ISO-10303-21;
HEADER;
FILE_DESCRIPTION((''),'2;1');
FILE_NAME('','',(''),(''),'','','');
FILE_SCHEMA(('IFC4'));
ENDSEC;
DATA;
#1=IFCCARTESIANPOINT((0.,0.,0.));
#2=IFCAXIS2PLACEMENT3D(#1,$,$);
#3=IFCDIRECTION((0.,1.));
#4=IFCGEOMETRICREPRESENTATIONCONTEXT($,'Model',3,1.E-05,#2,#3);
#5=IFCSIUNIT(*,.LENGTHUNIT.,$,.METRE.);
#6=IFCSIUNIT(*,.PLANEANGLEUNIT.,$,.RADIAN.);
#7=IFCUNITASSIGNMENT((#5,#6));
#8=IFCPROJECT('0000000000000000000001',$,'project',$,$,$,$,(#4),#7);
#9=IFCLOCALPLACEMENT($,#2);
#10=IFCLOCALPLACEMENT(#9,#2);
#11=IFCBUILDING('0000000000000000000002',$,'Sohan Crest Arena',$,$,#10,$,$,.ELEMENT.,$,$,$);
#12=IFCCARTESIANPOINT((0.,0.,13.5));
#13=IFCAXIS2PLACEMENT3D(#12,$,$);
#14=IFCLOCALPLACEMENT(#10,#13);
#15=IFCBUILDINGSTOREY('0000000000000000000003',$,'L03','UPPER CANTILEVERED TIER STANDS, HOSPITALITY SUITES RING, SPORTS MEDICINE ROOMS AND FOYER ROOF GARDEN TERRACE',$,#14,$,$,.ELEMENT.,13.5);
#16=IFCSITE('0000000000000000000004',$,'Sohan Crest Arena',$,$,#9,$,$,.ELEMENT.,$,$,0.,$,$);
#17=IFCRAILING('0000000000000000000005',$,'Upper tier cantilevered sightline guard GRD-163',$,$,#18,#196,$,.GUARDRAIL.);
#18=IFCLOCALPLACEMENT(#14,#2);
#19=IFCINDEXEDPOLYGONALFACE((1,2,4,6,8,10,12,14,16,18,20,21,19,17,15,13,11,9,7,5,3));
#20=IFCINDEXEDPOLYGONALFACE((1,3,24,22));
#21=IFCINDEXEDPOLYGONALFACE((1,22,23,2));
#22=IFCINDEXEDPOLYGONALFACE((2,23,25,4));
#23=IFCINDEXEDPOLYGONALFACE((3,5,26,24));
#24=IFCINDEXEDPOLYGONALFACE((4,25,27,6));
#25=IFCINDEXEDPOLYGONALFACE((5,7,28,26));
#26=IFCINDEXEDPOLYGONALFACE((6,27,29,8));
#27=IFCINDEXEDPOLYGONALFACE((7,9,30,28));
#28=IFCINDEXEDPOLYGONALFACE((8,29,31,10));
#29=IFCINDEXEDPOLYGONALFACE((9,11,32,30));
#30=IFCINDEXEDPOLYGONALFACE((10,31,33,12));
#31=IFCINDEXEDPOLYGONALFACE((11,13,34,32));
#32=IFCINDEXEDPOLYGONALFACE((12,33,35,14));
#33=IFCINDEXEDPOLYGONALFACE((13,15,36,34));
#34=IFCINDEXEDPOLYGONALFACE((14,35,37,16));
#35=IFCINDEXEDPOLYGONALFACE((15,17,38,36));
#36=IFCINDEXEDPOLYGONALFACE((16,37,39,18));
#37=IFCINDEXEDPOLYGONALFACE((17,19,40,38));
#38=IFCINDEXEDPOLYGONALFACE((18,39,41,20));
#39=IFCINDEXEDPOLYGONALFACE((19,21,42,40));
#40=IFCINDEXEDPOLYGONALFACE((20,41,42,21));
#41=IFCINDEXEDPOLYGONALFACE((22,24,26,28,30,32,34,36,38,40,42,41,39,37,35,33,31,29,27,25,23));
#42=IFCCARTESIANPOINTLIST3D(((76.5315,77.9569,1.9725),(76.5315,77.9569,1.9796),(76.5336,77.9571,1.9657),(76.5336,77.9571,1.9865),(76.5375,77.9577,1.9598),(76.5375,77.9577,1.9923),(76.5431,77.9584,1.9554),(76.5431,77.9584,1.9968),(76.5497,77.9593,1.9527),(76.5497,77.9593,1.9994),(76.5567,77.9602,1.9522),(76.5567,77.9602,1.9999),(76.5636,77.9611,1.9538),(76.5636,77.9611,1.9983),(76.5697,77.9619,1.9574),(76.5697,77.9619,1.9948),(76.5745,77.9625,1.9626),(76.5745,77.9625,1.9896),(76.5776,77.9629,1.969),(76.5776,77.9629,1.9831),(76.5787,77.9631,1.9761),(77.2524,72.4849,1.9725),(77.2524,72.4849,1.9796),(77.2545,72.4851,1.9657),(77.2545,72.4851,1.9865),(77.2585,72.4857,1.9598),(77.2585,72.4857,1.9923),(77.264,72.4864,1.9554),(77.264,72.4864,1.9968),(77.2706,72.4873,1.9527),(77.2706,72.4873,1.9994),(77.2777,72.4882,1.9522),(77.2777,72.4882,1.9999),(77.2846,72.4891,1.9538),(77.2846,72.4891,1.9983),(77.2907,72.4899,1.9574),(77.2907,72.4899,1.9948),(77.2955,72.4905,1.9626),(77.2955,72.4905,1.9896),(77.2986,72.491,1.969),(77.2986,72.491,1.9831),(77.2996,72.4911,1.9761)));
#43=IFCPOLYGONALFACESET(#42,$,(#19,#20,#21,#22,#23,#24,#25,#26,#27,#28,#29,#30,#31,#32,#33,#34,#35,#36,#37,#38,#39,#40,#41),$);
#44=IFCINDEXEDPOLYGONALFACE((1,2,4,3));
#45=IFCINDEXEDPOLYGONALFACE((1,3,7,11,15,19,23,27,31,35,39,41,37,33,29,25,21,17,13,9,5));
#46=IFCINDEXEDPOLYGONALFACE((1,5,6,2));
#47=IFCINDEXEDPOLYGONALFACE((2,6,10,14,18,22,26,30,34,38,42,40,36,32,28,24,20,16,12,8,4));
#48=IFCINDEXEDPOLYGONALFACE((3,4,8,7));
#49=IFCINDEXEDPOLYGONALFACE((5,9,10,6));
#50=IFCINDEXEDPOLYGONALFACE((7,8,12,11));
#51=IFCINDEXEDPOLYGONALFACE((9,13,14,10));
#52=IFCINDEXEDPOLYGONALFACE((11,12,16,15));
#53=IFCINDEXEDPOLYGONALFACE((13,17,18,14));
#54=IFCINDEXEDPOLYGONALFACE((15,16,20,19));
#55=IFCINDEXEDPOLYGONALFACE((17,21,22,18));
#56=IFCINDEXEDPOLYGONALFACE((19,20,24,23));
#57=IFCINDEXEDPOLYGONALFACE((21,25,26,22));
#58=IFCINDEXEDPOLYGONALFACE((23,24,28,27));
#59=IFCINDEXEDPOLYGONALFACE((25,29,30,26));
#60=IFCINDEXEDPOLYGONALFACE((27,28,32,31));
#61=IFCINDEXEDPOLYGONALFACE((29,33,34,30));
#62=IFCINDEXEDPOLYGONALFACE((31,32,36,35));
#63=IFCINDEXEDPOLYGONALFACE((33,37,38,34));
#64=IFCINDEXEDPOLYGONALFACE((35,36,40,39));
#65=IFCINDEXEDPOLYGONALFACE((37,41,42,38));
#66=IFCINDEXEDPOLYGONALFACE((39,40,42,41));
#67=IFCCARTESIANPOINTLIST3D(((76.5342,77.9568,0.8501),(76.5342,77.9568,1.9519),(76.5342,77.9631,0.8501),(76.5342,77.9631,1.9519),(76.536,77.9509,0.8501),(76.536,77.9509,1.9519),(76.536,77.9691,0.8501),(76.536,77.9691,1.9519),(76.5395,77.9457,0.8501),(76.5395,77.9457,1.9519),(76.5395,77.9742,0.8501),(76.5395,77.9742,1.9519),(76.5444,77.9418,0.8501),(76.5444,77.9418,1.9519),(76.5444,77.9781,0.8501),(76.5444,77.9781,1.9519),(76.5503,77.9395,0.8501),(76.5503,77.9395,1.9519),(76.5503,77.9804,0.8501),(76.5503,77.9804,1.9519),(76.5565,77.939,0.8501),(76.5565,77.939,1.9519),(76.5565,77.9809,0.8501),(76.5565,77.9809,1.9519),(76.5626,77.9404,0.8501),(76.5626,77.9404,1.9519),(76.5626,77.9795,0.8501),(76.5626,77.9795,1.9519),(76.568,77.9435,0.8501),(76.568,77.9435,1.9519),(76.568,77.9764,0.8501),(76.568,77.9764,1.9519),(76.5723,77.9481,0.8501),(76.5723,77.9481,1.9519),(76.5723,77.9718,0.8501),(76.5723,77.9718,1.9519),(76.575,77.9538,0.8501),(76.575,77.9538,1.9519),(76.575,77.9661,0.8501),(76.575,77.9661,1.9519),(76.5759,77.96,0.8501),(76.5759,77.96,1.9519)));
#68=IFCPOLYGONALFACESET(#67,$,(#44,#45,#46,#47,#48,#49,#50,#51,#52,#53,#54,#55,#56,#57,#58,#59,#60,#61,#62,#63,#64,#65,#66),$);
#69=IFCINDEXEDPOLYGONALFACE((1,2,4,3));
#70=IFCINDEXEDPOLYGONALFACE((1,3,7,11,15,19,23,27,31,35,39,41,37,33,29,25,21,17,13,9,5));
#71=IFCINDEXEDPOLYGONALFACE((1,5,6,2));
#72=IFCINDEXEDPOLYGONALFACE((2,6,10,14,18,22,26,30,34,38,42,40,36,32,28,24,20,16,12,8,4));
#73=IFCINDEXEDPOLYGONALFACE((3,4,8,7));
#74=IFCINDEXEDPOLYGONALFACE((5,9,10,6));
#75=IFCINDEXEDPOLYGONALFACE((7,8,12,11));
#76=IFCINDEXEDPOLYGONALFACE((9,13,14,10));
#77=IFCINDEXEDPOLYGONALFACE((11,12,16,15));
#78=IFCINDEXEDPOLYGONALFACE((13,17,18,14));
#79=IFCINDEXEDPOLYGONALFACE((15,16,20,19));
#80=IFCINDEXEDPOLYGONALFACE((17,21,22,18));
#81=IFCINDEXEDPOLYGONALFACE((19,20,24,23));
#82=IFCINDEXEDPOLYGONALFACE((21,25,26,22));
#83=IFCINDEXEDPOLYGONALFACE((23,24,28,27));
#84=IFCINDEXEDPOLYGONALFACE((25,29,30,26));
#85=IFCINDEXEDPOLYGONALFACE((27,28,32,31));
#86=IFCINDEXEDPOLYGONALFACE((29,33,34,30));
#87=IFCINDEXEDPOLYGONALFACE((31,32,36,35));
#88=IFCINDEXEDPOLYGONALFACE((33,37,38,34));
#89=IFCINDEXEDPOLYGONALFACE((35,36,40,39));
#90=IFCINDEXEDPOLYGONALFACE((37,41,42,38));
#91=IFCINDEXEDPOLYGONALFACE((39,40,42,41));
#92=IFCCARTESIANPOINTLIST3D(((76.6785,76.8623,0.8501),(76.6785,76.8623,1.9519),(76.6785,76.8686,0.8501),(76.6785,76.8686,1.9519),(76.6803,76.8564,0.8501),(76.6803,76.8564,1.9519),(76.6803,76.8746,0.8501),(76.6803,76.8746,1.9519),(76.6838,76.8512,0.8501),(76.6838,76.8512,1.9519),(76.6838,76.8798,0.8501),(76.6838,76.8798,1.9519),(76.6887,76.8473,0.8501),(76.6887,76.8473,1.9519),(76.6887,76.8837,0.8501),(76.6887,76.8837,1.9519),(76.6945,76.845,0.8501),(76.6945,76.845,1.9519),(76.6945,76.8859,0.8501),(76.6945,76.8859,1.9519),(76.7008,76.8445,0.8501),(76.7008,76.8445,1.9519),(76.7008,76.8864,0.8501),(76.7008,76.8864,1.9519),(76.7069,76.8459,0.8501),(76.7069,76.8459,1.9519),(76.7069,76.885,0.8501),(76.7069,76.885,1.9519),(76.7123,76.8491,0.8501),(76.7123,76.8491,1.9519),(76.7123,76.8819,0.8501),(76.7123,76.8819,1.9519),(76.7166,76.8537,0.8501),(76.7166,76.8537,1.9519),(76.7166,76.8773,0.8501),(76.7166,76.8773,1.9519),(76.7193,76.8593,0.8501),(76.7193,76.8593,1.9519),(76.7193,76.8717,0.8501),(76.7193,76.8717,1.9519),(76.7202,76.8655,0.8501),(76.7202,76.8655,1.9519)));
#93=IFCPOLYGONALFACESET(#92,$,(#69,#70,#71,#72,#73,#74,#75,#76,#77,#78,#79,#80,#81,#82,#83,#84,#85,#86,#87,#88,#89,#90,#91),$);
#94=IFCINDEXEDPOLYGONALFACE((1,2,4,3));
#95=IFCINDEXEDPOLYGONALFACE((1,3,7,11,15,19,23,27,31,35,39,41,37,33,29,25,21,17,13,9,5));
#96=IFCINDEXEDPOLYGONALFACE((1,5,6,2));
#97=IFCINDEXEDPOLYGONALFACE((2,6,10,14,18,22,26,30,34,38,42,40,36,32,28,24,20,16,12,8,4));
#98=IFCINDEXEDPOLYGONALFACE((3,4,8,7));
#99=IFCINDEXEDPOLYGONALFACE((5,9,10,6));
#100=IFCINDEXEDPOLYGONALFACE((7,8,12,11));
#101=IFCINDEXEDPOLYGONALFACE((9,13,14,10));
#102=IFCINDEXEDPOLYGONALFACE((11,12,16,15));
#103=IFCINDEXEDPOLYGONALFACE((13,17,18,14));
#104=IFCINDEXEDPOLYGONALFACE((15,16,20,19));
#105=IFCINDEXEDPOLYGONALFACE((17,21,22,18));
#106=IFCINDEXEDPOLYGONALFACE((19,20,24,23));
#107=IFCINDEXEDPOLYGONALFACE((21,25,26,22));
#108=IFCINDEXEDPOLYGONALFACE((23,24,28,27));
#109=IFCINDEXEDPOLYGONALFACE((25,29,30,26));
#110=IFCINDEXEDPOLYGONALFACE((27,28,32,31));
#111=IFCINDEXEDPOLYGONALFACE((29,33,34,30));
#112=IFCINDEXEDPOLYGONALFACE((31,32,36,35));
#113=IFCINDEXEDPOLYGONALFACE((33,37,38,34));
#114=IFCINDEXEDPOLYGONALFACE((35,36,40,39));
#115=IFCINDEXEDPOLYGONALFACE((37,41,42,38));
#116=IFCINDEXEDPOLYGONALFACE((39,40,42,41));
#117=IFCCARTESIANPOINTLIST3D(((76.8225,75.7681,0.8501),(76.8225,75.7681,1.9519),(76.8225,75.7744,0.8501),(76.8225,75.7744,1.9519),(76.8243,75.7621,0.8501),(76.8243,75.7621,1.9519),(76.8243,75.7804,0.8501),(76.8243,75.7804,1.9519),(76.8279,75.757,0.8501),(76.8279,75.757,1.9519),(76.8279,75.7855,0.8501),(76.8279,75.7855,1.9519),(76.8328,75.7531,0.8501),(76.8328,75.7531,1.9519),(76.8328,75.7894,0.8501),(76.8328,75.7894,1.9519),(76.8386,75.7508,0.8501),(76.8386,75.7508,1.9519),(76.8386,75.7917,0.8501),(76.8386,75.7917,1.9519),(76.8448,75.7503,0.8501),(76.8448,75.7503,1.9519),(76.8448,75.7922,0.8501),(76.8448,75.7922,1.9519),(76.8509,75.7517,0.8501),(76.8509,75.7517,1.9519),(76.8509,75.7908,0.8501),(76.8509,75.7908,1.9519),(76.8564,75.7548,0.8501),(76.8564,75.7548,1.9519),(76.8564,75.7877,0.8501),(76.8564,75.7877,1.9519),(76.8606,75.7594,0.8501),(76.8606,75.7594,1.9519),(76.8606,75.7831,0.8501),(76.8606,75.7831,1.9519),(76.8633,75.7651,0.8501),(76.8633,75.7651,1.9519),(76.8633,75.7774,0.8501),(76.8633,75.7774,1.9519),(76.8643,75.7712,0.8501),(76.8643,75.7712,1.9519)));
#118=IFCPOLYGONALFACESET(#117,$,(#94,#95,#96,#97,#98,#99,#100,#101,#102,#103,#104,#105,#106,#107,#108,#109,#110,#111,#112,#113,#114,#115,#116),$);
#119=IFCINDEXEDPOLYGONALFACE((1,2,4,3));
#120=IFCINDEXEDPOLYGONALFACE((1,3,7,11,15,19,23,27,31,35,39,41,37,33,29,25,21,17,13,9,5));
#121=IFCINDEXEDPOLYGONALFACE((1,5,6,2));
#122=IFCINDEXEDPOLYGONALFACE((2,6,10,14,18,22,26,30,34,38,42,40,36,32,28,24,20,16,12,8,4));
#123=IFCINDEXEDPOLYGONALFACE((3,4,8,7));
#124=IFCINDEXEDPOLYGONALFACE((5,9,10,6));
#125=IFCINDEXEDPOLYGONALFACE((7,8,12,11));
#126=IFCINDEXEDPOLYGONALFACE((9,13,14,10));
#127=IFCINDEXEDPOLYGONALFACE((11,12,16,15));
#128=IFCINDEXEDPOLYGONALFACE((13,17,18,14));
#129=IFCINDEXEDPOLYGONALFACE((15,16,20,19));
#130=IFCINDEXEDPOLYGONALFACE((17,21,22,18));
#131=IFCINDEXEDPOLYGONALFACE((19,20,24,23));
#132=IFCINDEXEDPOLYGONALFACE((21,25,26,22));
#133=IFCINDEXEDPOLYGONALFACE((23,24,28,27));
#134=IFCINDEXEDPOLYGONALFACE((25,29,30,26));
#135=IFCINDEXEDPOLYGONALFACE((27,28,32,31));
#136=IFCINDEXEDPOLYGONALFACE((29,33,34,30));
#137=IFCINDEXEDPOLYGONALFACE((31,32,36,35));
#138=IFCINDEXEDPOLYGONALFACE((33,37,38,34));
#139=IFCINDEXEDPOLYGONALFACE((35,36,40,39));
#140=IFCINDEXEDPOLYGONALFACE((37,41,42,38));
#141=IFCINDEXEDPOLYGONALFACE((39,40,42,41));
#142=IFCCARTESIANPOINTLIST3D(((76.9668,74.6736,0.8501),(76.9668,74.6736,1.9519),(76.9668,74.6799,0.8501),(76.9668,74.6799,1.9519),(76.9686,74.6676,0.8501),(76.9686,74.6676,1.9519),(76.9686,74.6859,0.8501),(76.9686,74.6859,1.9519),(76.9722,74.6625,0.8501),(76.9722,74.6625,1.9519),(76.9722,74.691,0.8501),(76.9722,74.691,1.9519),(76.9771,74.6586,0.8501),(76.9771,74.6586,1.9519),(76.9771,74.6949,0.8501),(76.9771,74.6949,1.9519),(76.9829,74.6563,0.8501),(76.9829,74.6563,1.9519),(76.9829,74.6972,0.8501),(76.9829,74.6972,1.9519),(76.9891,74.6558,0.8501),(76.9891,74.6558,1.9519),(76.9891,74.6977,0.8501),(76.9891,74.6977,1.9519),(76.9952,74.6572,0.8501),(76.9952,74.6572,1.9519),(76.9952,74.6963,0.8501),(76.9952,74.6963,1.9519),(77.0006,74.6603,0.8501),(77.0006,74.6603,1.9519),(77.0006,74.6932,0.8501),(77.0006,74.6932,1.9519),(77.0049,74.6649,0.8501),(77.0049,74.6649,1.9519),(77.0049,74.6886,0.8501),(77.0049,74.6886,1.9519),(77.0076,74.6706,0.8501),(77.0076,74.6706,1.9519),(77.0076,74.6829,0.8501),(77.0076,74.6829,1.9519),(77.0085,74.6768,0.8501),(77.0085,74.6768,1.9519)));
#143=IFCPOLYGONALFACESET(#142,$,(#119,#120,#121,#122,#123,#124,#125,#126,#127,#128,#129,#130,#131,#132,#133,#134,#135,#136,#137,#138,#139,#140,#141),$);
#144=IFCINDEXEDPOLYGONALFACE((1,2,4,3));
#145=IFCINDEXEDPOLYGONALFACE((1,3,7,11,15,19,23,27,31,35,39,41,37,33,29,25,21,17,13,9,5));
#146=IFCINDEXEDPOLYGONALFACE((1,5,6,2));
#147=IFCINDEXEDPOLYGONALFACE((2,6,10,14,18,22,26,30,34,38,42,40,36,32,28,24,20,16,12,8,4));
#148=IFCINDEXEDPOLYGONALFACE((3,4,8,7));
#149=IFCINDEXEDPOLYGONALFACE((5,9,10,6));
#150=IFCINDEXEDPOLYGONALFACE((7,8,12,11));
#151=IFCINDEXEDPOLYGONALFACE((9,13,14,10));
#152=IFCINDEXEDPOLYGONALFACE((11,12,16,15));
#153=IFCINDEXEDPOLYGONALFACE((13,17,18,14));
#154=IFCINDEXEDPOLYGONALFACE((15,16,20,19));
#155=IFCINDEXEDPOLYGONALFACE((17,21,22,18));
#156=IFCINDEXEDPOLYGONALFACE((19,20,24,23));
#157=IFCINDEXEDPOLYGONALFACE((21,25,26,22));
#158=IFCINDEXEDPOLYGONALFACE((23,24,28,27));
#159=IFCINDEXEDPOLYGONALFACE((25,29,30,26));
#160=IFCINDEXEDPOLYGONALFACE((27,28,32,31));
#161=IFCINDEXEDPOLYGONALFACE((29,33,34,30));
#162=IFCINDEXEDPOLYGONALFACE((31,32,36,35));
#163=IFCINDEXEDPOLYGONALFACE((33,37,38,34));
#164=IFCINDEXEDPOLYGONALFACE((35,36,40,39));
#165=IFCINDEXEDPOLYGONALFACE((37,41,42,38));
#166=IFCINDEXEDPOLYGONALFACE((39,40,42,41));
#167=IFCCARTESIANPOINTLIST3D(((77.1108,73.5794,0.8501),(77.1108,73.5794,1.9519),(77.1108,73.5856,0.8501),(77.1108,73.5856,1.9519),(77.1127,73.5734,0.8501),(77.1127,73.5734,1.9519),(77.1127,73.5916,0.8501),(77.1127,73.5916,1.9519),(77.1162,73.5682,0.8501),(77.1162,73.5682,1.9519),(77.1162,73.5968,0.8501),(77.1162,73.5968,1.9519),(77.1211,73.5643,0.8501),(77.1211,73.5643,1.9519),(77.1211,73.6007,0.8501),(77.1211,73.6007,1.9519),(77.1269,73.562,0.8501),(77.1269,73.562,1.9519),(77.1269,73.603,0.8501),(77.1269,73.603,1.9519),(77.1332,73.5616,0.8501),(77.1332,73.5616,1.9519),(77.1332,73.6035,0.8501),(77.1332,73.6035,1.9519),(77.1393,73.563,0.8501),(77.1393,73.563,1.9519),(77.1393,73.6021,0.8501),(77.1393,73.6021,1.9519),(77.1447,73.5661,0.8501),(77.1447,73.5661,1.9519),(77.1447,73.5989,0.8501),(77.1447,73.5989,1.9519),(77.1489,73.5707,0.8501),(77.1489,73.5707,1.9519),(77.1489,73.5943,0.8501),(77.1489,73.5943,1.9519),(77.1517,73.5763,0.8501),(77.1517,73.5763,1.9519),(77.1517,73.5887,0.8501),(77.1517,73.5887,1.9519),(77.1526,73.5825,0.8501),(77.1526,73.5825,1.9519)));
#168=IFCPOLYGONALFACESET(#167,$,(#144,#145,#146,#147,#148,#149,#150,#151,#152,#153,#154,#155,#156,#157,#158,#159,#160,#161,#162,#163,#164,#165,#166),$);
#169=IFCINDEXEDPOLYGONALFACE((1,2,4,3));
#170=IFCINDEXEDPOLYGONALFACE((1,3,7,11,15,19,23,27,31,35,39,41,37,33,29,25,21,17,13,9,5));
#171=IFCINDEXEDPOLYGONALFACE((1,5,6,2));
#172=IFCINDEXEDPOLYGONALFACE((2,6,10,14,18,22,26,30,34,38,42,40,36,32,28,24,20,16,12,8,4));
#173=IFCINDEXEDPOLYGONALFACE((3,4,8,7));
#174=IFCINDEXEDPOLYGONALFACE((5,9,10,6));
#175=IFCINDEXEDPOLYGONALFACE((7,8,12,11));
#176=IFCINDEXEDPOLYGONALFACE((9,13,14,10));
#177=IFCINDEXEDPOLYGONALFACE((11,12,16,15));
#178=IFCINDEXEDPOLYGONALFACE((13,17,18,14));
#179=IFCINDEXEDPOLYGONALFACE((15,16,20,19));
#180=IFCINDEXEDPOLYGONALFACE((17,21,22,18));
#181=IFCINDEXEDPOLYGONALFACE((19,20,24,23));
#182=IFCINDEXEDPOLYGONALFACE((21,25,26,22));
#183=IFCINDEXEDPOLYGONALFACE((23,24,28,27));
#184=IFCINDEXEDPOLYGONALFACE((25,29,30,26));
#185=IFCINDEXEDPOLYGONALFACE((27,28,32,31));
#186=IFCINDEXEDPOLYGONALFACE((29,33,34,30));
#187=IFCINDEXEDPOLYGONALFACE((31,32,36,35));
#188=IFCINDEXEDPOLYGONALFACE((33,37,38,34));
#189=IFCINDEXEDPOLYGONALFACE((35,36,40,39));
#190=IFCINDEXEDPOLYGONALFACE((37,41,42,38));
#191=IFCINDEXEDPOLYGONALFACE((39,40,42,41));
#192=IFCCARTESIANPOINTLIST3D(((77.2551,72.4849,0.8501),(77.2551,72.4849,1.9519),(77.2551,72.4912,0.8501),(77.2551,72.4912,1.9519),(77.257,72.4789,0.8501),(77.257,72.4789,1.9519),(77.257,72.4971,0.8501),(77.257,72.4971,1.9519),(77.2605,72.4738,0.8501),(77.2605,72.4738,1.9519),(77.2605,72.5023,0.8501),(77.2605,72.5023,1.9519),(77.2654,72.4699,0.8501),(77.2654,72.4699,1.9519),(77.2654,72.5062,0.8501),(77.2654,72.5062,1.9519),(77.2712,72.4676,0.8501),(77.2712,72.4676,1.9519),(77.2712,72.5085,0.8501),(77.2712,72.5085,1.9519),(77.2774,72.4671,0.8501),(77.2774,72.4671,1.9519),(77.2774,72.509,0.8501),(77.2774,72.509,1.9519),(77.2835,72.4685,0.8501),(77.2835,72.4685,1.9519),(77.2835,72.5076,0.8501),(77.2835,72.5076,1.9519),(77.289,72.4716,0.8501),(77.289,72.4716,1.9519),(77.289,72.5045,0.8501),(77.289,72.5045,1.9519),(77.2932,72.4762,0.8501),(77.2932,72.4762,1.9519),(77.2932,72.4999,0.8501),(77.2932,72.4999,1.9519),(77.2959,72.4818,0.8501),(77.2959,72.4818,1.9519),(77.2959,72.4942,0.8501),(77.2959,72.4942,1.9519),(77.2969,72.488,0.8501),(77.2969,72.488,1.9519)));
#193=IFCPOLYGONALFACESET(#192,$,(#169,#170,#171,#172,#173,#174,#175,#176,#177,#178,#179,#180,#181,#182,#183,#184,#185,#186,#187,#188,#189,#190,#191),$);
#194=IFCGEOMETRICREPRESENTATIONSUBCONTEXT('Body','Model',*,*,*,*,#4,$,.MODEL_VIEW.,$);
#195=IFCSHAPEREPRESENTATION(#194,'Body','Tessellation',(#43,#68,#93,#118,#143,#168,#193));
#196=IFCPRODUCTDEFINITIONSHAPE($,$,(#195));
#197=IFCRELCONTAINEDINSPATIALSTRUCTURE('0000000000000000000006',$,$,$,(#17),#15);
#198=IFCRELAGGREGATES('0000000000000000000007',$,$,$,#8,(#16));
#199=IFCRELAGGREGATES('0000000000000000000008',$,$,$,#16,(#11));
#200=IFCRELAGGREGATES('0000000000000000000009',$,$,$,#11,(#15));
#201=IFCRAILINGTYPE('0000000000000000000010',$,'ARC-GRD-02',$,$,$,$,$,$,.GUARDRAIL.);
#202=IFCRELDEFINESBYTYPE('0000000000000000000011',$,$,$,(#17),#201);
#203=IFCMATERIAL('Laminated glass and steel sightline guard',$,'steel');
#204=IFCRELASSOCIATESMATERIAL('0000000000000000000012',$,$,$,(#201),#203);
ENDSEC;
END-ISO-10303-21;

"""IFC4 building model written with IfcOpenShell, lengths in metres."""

from ifc_helpers import new_model, si_unit, direction, frame, origin, origin_2d, place, context, subcontext, project, spatial, circle, extrude, material, type_object, element, save


model = new_model("IFC4")

# Units and contexts
model_context = context("Model", 3, precision=1e-05, world=origin(), true_north=direction((0.0, 1.0)))
body_context = subcontext(model_context, "Body", "Model", "MODEL_VIEW")
ifc_project = project(units=[si_unit("LENGTHUNIT", "METRE"), si_unit("PLANEANGLEUNIT", "RADIAN")], contexts=[model_context])

# Site, building, storey
site_placement = place(None, origin())
site = spatial("IfcSite", under=ifc_project, at=site_placement, Name="Sohan Crest Arena", CompositionType="ELEMENT", RefElevation=0.0)
building_placement = place(site_placement, origin())
building = spatial("IfcBuilding", under=site, at=building_placement, Name="Sohan Crest Arena", CompositionType="ELEMENT")
storey_placement = place(building_placement, frame((0.0, 0.0, 13.5)))
storey = spatial("IfcBuildingStorey", under=building, at=storey_placement, Name="L03", Description="UPPER CANTILEVERED TIER STANDS, HOSPITALITY SUITES RING, SPORTS MEDICINE ROOMS AND FOYER ROOF GARDEN TERRACE", CompositionType="ELEMENT", Elevation=13.5)

# Railing
ifc_material_1 = material(Name="Laminated glass and steel sightline guard", Category="steel")
railing_type = type_object("IfcRailingType", Name="ARC-GRD-02", PredefinedType="GUARDRAIL", material=ifc_material_1)
railing_1_placement = place(storey_placement, frame((76.5549, 77.96, 0.8501)))
element("IfcRailing", 1, at=railing_1_placement, inside=storey, type_object=railing_type, Name="Upper tier cantilevered sightline guard GRD-163", PredefinedType="GUARDRAIL", context=body_context, shape_type="SweptSolid", body=[
    extrude(circle(Radius=0.0239, at=origin_2d()), frame((0.0, 0.0, 1.126), z_axis=(0.130625, -0.991432, 0.0), x_axis=(0.991432, 0.130625, 0.0)), (0.0, 0.0, 1.0), 5.5193),
    extrude(circle(Radius=0.021, at=origin_2d()), origin(), (0.0, 0.0, 1.0), 1.1018),
    extrude(circle(Radius=0.021, at=origin_2d()), frame((0.1443, -1.0945, 0.0)), (0.0, 0.0, 1.0), 1.1018),
    extrude(circle(Radius=0.021, at=origin_2d()), frame((0.2883, -2.1887, 0.0)), (0.0, 0.0, 1.0), 1.1018),
    extrude(circle(Radius=0.021, at=origin_2d()), frame((0.4326, -3.2832, 0.0)), (0.0, 0.0, 1.0), 1.1018),
    extrude(circle(Radius=0.021, at=origin_2d()), frame((0.5767, -4.3774, 0.0)), (0.0, 0.0, 1.0), 1.1018),
    extrude(circle(Radius=0.021, at=origin_2d()), frame((0.7209, -5.4719, 0.0)), (0.0, 0.0, 1.0), 1.1018),
])

save(model, "model.ifc")
